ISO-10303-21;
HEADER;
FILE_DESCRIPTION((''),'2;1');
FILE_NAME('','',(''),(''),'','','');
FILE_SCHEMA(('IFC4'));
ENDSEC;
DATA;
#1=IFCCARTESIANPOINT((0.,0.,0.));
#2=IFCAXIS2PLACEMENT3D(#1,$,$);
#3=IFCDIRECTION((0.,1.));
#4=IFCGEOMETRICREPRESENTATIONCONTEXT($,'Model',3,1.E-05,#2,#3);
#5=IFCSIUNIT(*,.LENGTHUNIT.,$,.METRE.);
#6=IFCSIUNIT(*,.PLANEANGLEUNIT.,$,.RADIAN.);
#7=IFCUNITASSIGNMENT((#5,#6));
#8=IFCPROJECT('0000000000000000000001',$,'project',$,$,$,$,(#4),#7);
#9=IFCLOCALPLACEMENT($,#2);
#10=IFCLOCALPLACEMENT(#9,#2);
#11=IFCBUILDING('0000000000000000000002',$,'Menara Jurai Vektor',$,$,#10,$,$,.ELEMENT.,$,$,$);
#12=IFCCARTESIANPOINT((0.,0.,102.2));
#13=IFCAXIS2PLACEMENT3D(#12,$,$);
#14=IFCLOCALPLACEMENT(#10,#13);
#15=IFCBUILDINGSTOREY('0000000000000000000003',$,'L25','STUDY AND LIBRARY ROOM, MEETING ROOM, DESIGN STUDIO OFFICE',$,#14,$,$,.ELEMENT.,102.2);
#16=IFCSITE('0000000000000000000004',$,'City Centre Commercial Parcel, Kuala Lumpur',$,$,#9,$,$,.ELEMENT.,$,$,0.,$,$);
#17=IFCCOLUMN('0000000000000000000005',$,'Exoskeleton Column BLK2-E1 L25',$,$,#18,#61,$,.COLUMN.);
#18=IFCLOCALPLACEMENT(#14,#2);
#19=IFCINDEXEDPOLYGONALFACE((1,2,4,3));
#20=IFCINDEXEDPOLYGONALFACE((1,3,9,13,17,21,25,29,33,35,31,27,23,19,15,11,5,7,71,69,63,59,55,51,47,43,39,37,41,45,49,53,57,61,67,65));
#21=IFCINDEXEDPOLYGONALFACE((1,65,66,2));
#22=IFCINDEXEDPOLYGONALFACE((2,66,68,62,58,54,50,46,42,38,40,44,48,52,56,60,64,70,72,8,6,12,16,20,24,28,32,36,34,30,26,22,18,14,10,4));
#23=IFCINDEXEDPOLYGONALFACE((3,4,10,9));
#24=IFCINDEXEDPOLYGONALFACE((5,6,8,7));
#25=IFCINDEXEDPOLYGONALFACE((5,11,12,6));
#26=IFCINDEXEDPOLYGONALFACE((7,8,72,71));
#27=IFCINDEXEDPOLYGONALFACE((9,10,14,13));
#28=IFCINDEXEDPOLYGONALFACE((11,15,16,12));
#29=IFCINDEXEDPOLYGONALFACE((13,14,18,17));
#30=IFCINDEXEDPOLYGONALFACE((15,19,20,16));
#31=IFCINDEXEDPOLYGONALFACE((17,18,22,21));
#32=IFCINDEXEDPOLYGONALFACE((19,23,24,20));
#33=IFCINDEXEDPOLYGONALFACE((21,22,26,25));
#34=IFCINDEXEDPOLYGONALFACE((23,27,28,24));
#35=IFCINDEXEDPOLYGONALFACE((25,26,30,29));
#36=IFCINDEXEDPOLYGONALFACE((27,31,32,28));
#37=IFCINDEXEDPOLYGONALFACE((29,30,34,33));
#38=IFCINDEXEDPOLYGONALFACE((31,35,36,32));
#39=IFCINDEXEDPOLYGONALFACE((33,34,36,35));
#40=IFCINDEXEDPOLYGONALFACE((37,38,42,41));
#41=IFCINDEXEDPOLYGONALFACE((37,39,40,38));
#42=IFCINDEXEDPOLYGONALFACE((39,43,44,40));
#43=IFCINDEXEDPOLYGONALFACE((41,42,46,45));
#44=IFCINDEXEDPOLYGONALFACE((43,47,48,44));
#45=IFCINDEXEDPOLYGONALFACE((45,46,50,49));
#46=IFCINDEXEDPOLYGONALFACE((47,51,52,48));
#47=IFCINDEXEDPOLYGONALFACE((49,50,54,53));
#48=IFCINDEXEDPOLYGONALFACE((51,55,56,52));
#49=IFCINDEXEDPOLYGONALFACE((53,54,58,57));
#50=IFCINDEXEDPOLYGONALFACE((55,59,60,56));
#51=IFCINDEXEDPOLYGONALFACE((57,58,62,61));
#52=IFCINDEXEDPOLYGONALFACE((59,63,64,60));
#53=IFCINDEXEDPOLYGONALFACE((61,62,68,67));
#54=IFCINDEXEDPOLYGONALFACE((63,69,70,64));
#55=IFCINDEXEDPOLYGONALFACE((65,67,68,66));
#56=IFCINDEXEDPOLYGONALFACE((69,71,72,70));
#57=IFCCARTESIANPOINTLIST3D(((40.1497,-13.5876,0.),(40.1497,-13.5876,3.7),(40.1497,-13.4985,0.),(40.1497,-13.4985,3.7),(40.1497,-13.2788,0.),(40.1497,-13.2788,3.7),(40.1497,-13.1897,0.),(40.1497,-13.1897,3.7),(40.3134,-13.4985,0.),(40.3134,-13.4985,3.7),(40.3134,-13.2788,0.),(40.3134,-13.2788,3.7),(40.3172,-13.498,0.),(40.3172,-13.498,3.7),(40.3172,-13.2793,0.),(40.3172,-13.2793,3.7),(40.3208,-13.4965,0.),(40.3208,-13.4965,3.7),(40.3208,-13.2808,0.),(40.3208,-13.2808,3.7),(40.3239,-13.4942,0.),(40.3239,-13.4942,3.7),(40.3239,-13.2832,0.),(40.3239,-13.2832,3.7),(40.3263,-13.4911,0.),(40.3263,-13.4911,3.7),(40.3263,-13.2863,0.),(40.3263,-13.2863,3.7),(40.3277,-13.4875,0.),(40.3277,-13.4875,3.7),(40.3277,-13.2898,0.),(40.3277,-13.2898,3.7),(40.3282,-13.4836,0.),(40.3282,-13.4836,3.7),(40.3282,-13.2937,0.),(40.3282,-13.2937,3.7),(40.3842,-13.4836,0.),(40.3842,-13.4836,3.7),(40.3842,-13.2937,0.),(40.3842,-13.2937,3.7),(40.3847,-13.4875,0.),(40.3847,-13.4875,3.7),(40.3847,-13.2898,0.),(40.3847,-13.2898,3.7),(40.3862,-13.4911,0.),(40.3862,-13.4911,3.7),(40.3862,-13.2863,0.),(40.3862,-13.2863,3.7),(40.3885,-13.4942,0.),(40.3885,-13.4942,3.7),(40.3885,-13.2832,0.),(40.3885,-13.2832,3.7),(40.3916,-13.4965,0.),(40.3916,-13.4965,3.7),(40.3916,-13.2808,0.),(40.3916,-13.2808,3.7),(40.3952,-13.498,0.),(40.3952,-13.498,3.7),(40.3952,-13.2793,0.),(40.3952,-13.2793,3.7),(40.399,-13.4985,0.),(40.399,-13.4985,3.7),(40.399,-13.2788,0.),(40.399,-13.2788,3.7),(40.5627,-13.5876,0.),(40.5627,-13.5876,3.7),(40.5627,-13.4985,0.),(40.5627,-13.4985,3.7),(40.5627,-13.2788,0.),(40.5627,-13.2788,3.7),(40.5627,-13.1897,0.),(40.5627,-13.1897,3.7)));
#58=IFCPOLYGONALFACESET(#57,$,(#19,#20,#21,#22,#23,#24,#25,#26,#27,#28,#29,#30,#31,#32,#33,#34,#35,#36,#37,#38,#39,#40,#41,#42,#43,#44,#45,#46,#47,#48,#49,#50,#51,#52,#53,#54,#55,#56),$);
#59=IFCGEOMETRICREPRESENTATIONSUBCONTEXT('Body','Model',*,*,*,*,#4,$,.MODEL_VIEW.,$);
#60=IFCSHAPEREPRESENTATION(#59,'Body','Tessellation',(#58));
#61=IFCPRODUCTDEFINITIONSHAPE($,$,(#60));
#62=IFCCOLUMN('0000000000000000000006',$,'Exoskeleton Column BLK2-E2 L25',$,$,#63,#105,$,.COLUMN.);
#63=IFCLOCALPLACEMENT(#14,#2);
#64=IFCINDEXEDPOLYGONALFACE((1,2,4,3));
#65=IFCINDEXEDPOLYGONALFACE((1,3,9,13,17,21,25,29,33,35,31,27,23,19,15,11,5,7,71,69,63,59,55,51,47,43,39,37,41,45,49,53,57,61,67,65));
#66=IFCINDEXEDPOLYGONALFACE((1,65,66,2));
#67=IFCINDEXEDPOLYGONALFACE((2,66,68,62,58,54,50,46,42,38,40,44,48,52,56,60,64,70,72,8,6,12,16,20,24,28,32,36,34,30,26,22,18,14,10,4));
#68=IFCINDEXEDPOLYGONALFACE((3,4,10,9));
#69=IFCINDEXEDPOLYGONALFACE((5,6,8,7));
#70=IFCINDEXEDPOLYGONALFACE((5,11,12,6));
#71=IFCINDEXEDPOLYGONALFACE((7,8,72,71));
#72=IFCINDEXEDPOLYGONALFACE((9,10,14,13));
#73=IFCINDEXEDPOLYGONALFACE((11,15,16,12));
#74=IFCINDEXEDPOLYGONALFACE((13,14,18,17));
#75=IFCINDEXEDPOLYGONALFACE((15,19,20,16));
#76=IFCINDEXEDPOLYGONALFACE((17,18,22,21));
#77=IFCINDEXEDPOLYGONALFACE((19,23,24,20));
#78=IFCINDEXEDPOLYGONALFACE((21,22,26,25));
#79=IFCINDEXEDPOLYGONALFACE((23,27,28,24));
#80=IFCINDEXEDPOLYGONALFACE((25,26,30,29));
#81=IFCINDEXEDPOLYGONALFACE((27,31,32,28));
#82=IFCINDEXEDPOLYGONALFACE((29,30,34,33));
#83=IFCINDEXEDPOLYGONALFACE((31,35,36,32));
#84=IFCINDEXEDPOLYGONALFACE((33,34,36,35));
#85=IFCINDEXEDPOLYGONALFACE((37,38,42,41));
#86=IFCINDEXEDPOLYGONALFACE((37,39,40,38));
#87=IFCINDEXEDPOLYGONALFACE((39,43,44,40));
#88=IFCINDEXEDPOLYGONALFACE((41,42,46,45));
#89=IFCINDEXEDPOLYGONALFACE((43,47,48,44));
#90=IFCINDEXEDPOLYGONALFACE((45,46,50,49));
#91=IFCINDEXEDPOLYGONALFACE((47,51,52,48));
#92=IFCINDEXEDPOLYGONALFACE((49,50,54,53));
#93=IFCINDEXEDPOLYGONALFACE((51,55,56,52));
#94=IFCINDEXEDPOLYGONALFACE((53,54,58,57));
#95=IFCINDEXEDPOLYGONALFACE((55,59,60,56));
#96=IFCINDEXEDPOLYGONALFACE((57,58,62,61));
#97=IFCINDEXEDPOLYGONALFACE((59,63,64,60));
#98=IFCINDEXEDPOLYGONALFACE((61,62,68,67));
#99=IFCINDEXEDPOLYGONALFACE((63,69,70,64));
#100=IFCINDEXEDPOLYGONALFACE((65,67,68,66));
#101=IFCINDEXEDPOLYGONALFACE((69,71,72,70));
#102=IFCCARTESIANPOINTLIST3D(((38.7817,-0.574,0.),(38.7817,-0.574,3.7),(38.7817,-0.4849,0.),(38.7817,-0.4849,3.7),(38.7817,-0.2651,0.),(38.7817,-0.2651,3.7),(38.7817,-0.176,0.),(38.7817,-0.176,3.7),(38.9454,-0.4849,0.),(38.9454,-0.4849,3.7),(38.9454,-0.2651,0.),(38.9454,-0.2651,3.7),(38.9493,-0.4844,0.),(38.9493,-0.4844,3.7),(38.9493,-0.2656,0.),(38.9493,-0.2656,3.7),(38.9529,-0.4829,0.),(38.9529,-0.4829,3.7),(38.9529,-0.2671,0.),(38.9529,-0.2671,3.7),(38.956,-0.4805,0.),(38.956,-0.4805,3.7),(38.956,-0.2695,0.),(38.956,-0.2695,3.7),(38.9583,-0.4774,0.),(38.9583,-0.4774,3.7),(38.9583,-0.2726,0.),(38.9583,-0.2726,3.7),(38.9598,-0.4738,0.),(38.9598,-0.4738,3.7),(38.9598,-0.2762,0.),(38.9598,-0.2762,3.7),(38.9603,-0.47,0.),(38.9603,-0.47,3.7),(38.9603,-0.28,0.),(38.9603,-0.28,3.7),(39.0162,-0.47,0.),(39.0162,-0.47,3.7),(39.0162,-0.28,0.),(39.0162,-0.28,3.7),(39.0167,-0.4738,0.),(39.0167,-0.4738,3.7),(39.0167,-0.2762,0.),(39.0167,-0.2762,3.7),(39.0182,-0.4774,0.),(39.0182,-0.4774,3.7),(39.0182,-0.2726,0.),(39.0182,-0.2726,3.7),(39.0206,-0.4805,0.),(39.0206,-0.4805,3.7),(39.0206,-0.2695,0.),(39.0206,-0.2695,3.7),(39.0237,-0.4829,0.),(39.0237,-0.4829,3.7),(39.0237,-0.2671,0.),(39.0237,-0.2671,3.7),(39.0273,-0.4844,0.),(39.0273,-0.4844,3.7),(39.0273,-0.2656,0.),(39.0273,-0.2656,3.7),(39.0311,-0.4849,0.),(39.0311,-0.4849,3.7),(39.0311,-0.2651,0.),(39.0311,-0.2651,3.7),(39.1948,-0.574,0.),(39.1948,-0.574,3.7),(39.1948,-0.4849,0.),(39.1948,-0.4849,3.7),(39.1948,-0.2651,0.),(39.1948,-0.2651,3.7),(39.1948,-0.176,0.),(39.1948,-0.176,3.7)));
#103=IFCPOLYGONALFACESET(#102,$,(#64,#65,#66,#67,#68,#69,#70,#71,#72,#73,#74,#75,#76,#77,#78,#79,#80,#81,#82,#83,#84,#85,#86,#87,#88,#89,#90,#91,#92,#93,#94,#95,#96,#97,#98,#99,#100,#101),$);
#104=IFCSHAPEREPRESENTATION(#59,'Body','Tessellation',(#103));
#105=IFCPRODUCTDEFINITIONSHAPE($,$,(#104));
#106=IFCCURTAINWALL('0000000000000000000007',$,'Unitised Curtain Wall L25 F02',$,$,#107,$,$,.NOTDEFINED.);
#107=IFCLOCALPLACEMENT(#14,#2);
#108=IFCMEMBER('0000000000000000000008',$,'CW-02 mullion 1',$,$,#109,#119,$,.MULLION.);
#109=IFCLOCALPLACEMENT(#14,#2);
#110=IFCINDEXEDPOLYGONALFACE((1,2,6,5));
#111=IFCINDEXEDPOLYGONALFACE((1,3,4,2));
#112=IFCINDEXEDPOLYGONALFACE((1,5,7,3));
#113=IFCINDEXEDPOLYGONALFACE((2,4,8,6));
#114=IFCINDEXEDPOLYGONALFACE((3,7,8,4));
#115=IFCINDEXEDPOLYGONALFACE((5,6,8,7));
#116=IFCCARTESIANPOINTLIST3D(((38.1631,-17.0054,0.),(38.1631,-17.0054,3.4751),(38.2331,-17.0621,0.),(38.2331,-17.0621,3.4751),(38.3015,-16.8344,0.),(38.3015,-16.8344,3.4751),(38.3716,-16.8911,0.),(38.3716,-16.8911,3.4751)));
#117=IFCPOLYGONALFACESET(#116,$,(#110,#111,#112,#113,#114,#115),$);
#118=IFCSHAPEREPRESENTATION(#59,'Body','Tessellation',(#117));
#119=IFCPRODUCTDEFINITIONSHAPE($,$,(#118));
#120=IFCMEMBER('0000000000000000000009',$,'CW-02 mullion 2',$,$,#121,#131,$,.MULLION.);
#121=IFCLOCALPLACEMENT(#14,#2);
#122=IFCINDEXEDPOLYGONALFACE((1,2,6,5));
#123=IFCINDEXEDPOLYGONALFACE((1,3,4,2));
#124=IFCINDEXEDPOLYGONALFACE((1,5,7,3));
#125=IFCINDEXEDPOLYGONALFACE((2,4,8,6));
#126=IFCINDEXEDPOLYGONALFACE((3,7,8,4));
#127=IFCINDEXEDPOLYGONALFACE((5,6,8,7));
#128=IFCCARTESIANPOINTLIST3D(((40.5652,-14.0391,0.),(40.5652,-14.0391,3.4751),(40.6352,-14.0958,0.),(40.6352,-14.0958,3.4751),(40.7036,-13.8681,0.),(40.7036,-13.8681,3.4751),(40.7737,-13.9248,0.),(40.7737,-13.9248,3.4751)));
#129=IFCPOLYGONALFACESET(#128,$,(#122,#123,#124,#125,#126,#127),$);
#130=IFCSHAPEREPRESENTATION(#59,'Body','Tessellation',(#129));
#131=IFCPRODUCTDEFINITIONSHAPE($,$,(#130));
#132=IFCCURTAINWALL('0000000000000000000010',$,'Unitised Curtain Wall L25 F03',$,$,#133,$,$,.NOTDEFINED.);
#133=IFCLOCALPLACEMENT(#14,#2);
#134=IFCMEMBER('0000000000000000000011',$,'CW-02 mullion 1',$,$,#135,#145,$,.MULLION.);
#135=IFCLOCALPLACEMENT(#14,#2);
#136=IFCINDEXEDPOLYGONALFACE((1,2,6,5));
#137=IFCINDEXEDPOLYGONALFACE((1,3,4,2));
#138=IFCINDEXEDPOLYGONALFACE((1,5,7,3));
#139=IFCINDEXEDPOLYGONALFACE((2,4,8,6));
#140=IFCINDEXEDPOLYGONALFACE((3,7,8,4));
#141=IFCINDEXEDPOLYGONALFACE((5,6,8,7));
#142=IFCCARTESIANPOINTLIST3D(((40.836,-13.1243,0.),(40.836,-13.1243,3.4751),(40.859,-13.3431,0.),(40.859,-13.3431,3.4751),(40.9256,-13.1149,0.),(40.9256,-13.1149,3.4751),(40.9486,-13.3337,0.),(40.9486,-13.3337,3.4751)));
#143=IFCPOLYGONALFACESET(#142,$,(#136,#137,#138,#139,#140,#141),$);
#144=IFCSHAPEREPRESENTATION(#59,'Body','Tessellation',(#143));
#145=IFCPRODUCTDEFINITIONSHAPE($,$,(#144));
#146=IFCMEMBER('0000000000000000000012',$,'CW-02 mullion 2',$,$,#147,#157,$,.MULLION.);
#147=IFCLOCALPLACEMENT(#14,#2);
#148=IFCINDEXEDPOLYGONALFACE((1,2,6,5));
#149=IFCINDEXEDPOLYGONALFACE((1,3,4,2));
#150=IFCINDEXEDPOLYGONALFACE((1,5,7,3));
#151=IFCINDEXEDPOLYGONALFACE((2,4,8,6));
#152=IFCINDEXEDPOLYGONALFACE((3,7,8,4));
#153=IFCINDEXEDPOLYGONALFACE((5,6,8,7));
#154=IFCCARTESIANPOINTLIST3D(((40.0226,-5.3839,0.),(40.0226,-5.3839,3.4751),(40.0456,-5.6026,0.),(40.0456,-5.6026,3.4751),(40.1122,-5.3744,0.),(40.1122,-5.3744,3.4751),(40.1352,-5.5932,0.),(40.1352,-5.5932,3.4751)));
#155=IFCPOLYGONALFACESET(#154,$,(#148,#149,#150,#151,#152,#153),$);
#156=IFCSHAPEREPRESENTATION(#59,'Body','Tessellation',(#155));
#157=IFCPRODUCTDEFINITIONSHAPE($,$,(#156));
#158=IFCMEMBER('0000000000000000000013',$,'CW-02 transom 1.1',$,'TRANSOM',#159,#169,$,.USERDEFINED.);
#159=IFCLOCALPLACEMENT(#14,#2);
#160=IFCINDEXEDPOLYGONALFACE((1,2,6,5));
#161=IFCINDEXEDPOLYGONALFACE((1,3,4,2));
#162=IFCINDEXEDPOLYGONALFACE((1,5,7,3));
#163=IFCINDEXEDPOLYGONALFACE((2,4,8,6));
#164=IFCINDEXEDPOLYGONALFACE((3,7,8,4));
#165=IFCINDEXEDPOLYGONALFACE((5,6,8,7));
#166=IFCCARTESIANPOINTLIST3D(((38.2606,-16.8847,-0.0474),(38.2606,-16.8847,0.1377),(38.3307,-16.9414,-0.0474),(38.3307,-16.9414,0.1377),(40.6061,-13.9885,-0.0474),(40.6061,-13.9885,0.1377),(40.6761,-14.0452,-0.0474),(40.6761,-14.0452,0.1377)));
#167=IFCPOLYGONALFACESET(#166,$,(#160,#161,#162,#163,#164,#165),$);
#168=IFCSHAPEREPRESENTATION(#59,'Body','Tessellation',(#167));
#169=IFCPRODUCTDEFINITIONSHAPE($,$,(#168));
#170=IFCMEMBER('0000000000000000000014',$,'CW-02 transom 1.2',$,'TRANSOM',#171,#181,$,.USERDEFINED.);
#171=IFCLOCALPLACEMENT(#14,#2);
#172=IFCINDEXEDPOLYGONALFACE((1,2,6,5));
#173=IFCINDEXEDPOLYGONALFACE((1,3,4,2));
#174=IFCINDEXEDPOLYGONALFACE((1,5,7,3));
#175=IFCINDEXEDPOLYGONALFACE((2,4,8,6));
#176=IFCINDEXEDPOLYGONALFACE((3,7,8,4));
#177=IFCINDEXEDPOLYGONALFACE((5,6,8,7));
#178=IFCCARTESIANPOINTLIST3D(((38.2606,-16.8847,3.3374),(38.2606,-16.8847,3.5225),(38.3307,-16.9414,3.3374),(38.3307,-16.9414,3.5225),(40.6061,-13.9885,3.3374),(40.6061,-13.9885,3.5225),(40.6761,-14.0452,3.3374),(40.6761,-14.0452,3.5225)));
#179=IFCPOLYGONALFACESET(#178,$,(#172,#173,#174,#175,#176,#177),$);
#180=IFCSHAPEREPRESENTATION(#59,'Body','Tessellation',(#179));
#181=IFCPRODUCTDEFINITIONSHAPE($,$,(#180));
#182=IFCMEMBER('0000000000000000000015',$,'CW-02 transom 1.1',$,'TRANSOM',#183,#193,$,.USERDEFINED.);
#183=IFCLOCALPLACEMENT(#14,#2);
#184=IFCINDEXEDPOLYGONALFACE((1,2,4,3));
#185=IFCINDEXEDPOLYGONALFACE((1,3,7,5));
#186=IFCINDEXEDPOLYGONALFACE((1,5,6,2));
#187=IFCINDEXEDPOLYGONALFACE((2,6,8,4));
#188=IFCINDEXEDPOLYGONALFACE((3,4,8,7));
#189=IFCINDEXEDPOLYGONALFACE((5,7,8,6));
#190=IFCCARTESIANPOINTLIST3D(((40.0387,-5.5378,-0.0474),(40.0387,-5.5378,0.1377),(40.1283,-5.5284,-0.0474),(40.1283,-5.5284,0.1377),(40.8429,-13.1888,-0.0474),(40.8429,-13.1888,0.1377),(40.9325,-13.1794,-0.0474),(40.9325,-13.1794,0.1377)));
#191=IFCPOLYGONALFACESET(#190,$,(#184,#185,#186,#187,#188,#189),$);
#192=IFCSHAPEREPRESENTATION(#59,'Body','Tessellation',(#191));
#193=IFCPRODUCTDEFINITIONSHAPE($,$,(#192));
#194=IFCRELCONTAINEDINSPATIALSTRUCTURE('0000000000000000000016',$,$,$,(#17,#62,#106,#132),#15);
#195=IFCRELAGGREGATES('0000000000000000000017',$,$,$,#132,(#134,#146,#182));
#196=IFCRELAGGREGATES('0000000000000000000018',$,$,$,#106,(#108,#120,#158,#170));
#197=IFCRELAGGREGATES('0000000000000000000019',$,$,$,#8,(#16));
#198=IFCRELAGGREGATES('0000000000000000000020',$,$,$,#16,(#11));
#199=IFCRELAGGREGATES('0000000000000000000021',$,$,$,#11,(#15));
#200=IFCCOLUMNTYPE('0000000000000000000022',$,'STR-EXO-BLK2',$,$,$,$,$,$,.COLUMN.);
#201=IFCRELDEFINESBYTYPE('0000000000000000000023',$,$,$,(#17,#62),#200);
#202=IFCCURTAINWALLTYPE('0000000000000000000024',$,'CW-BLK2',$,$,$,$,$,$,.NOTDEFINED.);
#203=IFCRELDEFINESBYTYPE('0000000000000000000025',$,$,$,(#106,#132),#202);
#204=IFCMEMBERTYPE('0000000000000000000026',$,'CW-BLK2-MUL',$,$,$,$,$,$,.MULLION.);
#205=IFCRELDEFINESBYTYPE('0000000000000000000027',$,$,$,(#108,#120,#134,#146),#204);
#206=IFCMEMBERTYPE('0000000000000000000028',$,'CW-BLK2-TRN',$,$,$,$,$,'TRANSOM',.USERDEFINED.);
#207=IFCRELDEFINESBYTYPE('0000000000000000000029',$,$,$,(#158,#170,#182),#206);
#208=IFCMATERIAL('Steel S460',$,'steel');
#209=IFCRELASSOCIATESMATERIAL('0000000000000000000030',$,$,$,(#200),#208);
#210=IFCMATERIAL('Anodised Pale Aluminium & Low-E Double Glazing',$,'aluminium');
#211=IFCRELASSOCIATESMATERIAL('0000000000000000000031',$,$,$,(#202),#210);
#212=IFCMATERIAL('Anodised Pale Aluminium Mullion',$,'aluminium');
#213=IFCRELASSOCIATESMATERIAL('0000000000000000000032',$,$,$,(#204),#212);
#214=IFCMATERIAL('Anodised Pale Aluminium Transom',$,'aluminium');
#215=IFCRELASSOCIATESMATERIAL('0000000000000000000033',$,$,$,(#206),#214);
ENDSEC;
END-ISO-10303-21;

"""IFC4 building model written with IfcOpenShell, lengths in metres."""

from ifc_helpers import new_model, si_unit, direction, frame, origin, origin_2d, place, context, subcontext, project, spatial, rectangle, i_section, extrude, material, material_profile, profile_set, type_object, element, aggregate, save


model = new_model("IFC4")

# Units and contexts
model_context = context("Model", 3, precision=1e-05, world=origin(), true_north=direction((0.0, 1.0)))
body_context = subcontext(model_context, "Body", "Model", "MODEL_VIEW")
ifc_project = project(units=[si_unit("LENGTHUNIT", "METRE"), si_unit("PLANEANGLEUNIT", "RADIAN")], contexts=[model_context])

# Site, building, storey
site_placement = place(None, origin())
site = spatial("IfcSite", under=ifc_project, at=site_placement, Name="City Centre Commercial Parcel, Kuala Lumpur", CompositionType="ELEMENT", RefElevation=0.0)
building_placement = place(site_placement, origin())
building = spatial("IfcBuilding", under=site, at=building_placement, Name="Menara Jurai Vektor", CompositionType="ELEMENT")
storey_placement = place(building_placement, frame((0.0, 0.0, 102.2)))
storey = spatial("IfcBuildingStorey", under=building, at=storey_placement, Name="L25", Description="STUDY AND LIBRARY ROOM, MEETING ROOM, DESIGN STUDIO OFFICE", CompositionType="ELEMENT", Elevation=102.2)

# Columns
ifc_material_1 = material(Name="Steel S460", Category="steel")
ifc_material_profile_1 = material_profile(ifc_material_1, i_section(OverallWidth=0.4131, OverallDepth=0.3979, WebThickness=0.0559, FlangeThickness=0.0891, FilletRadius=0.0149, at=origin_2d()), Name="HD 400x744")
ifc_profile_set_1 = profile_set([ifc_material_profile_1], Name="Steel S460")
column_type = type_object("IfcColumnType", Name="STR-EXO-BLK2", PredefinedType="COLUMN", material=ifc_profile_set_1)
for number, where, z_axis, x_axis, name in (
    (1, (40.3562, -13.3887, 0.0), (0.0, 0.0, 1.0), (1.0, 0.0, 0.0), "Exoskeleton Column BLK2-E1 L25"),
    (2, (38.9883, -0.375, 0.0), (0.0, 0.0, 1.0), (1.0, 0.0, 0.0), "Exoskeleton Column BLK2-E2 L25"),
):
    element("IfcColumn", number, at=place(storey_placement, frame(where, z_axis=z_axis, x_axis=x_axis)), inside=storey, type_object=column_type, Name=name, PredefinedType="COLUMN", context=body_context, shape_type="SweptSolid", body=[
        extrude(i_section(OverallWidth=0.4131, OverallDepth=0.3979, WebThickness=0.0559, FlangeThickness=0.0891, FilletRadius=0.0149, at=origin_2d()), origin(), (0.0, 0.0, 1.0), 3.7),
    ])

# Curtain walls, members
ifc_material_2 = material(Name="Anodised Pale Aluminium & Low-E Double Glazing", Category="aluminium")
curtain_wall_type = type_object("IfcCurtainWallType", Name="CW-BLK2", PredefinedType="NOTDEFINED", material=ifc_material_2)
curtain_wall_1_placement = place(storey_placement, origin())
curtain_wall_1 = element("IfcCurtainWall", 3, at=curtain_wall_1_placement, inside=storey, type_object=curtain_wall_type, Name="Unitised Curtain Wall L25 F02", PredefinedType="NOTDEFINED")
ifc_material_3 = material(Name="Anodised Pale Aluminium Mullion", Category="aluminium")
ifc_material_profile_2 = material_profile(ifc_material_3, rectangle(XDim=0.0901, YDim=0.22, at=origin_2d()), Name="ALU MUL 90x220")
ifc_profile_set_2 = profile_set([ifc_material_profile_2], Name="Anodised Pale Aluminium Mullion")
member_type_1 = type_object("IfcMemberType", Name="CW-BLK2-MUL", PredefinedType="MULLION", material=ifc_profile_set_2)
member_1_placement = place(storey_placement, frame((38.2673, -16.9482, 0.0), z_axis=(0.0, 0.0, 1.0), x_axis=(-0.777129, 0.629341, 0.0)))
member_1 = element("IfcMember", 4, at=member_1_placement, type_object=member_type_1, Name="CW-02 mullion 1", PredefinedType="MULLION", context=body_context, shape_type="SweptSolid", body=[
    extrude(rectangle(XDim=0.0901, YDim=0.22, at=origin_2d()), origin(), (0.0, 0.0, 1.0), 3.4751),
])
member_2_placement = place(storey_placement, frame((40.6694, -13.9819, 0.0), z_axis=(0.0, 0.0, 1.0), x_axis=(-0.777129, 0.629341, 0.0)))
member_2 = element("IfcMember", 5, at=member_2_placement, type_object=member_type_1, Name="CW-02 mullion 2", PredefinedType="MULLION", context=body_context, shape_type="SweptSolid", body=[
    extrude(rectangle(XDim=0.0901, YDim=0.22, at=origin_2d()), origin(), (0.0, 0.0, 1.0), 3.4751),
])
curtain_wall_2_placement = place(storey_placement, origin())
curtain_wall_2 = element("IfcCurtainWall", 6, at=curtain_wall_2_placement, inside=storey, type_object=curtain_wall_type, Name="Unitised Curtain Wall L25 F03", PredefinedType="NOTDEFINED")
member_3_placement = place(storey_placement, frame((40.8923, -13.229, 0.0), z_axis=(0.0, 0.0, 1.0), x_axis=(-0.994522, -0.10453, 0.0)))
member_3 = element("IfcMember", 7, at=member_3_placement, type_object=member_type_1, Name="CW-02 mullion 1", PredefinedType="MULLION", context=body_context, shape_type="SweptSolid", body=[
    extrude(rectangle(XDim=0.0901, YDim=0.22, at=origin_2d()), origin(), (0.0, 0.0, 1.0), 3.4751),
])
member_4_placement = place(storey_placement, frame((40.0789, -5.4885, 0.0), z_axis=(0.0, 0.0, 1.0), x_axis=(-0.994522, -0.10453, 0.0)))
member_4 = element("IfcMember", 8, at=member_4_placement, type_object=member_type_1, Name="CW-02 mullion 2", PredefinedType="MULLION", context=body_context, shape_type="SweptSolid", body=[
    extrude(rectangle(XDim=0.0901, YDim=0.22, at=origin_2d()), origin(), (0.0, 0.0, 1.0), 3.4751),
])

# Members
ifc_material_4 = material(Name="Anodised Pale Aluminium Transom", Category="aluminium")
ifc_material_profile_3 = material_profile(ifc_material_4, rectangle(XDim=0.0901, YDim=0.1851, at=origin_2d()), Name="ALU TRN 90x185")
ifc_profile_set_3 = profile_set([ifc_material_profile_3], Name="Anodised Pale Aluminium Transom")
member_type_2 = type_object("IfcMemberType", Name="CW-BLK2-TRN", ElementType="TRANSOM", PredefinedType="USERDEFINED", material=ifc_profile_set_3)
member_5_placement = place(storey_placement, frame((38.2957, -16.9131, 0.0452), z_axis=(0.629341, 0.777129, 0.0), x_axis=(-0.777129, 0.629341, 0.0)))
member_5 = element("IfcMember", 9, at=member_5_placement, type_object=member_type_2, Name="CW-02 transom 1.1", ObjectType="TRANSOM", PredefinedType="USERDEFINED", context=body_context, shape_type="SweptSolid", body=[
    extrude(rectangle(XDim=0.0901, YDim=0.1851, at=origin_2d()), origin(), (0.0, 0.0, 1.0), 3.7268),
])
member_6_placement = place(storey_placement, frame((38.2957, -16.9131, 3.4299), z_axis=(0.629341, 0.777129, 0.0), x_axis=(-0.777129, 0.629341, 0.0)))
member_6 = element("IfcMember", 10, at=member_6_placement, type_object=member_type_2, Name="CW-02 transom 1.2", ObjectType="TRANSOM", PredefinedType="USERDEFINED", context=body_context, shape_type="SweptSolid", body=[
    extrude(rectangle(XDim=0.0901, YDim=0.1851, at=origin_2d()), origin(), (0.0, 0.0, 1.0), 3.7268),
])
member_7_placement = place(storey_placement, frame((40.8877, -13.1841, 0.0452), z_axis=(-0.104536, 0.994521, 0.0), x_axis=(-0.994521, -0.104536, 0.0)))
member_7 = element("IfcMember", 11, at=member_7_placement, type_object=member_type_2, Name="CW-02 transom 1.1", ObjectType="TRANSOM", PredefinedType="USERDEFINED", context=body_context, shape_type="SweptSolid", body=[
    extrude(rectangle(XDim=0.0901, YDim=0.1851, at=origin_2d()), origin(), (0.0, 0.0, 1.0), 7.6931),
])

aggregate(curtain_wall_2, [member_3, member_4, member_7])
aggregate(curtain_wall_1, [member_1, member_2, member_5, member_6])

save(model, "model.ifc")
